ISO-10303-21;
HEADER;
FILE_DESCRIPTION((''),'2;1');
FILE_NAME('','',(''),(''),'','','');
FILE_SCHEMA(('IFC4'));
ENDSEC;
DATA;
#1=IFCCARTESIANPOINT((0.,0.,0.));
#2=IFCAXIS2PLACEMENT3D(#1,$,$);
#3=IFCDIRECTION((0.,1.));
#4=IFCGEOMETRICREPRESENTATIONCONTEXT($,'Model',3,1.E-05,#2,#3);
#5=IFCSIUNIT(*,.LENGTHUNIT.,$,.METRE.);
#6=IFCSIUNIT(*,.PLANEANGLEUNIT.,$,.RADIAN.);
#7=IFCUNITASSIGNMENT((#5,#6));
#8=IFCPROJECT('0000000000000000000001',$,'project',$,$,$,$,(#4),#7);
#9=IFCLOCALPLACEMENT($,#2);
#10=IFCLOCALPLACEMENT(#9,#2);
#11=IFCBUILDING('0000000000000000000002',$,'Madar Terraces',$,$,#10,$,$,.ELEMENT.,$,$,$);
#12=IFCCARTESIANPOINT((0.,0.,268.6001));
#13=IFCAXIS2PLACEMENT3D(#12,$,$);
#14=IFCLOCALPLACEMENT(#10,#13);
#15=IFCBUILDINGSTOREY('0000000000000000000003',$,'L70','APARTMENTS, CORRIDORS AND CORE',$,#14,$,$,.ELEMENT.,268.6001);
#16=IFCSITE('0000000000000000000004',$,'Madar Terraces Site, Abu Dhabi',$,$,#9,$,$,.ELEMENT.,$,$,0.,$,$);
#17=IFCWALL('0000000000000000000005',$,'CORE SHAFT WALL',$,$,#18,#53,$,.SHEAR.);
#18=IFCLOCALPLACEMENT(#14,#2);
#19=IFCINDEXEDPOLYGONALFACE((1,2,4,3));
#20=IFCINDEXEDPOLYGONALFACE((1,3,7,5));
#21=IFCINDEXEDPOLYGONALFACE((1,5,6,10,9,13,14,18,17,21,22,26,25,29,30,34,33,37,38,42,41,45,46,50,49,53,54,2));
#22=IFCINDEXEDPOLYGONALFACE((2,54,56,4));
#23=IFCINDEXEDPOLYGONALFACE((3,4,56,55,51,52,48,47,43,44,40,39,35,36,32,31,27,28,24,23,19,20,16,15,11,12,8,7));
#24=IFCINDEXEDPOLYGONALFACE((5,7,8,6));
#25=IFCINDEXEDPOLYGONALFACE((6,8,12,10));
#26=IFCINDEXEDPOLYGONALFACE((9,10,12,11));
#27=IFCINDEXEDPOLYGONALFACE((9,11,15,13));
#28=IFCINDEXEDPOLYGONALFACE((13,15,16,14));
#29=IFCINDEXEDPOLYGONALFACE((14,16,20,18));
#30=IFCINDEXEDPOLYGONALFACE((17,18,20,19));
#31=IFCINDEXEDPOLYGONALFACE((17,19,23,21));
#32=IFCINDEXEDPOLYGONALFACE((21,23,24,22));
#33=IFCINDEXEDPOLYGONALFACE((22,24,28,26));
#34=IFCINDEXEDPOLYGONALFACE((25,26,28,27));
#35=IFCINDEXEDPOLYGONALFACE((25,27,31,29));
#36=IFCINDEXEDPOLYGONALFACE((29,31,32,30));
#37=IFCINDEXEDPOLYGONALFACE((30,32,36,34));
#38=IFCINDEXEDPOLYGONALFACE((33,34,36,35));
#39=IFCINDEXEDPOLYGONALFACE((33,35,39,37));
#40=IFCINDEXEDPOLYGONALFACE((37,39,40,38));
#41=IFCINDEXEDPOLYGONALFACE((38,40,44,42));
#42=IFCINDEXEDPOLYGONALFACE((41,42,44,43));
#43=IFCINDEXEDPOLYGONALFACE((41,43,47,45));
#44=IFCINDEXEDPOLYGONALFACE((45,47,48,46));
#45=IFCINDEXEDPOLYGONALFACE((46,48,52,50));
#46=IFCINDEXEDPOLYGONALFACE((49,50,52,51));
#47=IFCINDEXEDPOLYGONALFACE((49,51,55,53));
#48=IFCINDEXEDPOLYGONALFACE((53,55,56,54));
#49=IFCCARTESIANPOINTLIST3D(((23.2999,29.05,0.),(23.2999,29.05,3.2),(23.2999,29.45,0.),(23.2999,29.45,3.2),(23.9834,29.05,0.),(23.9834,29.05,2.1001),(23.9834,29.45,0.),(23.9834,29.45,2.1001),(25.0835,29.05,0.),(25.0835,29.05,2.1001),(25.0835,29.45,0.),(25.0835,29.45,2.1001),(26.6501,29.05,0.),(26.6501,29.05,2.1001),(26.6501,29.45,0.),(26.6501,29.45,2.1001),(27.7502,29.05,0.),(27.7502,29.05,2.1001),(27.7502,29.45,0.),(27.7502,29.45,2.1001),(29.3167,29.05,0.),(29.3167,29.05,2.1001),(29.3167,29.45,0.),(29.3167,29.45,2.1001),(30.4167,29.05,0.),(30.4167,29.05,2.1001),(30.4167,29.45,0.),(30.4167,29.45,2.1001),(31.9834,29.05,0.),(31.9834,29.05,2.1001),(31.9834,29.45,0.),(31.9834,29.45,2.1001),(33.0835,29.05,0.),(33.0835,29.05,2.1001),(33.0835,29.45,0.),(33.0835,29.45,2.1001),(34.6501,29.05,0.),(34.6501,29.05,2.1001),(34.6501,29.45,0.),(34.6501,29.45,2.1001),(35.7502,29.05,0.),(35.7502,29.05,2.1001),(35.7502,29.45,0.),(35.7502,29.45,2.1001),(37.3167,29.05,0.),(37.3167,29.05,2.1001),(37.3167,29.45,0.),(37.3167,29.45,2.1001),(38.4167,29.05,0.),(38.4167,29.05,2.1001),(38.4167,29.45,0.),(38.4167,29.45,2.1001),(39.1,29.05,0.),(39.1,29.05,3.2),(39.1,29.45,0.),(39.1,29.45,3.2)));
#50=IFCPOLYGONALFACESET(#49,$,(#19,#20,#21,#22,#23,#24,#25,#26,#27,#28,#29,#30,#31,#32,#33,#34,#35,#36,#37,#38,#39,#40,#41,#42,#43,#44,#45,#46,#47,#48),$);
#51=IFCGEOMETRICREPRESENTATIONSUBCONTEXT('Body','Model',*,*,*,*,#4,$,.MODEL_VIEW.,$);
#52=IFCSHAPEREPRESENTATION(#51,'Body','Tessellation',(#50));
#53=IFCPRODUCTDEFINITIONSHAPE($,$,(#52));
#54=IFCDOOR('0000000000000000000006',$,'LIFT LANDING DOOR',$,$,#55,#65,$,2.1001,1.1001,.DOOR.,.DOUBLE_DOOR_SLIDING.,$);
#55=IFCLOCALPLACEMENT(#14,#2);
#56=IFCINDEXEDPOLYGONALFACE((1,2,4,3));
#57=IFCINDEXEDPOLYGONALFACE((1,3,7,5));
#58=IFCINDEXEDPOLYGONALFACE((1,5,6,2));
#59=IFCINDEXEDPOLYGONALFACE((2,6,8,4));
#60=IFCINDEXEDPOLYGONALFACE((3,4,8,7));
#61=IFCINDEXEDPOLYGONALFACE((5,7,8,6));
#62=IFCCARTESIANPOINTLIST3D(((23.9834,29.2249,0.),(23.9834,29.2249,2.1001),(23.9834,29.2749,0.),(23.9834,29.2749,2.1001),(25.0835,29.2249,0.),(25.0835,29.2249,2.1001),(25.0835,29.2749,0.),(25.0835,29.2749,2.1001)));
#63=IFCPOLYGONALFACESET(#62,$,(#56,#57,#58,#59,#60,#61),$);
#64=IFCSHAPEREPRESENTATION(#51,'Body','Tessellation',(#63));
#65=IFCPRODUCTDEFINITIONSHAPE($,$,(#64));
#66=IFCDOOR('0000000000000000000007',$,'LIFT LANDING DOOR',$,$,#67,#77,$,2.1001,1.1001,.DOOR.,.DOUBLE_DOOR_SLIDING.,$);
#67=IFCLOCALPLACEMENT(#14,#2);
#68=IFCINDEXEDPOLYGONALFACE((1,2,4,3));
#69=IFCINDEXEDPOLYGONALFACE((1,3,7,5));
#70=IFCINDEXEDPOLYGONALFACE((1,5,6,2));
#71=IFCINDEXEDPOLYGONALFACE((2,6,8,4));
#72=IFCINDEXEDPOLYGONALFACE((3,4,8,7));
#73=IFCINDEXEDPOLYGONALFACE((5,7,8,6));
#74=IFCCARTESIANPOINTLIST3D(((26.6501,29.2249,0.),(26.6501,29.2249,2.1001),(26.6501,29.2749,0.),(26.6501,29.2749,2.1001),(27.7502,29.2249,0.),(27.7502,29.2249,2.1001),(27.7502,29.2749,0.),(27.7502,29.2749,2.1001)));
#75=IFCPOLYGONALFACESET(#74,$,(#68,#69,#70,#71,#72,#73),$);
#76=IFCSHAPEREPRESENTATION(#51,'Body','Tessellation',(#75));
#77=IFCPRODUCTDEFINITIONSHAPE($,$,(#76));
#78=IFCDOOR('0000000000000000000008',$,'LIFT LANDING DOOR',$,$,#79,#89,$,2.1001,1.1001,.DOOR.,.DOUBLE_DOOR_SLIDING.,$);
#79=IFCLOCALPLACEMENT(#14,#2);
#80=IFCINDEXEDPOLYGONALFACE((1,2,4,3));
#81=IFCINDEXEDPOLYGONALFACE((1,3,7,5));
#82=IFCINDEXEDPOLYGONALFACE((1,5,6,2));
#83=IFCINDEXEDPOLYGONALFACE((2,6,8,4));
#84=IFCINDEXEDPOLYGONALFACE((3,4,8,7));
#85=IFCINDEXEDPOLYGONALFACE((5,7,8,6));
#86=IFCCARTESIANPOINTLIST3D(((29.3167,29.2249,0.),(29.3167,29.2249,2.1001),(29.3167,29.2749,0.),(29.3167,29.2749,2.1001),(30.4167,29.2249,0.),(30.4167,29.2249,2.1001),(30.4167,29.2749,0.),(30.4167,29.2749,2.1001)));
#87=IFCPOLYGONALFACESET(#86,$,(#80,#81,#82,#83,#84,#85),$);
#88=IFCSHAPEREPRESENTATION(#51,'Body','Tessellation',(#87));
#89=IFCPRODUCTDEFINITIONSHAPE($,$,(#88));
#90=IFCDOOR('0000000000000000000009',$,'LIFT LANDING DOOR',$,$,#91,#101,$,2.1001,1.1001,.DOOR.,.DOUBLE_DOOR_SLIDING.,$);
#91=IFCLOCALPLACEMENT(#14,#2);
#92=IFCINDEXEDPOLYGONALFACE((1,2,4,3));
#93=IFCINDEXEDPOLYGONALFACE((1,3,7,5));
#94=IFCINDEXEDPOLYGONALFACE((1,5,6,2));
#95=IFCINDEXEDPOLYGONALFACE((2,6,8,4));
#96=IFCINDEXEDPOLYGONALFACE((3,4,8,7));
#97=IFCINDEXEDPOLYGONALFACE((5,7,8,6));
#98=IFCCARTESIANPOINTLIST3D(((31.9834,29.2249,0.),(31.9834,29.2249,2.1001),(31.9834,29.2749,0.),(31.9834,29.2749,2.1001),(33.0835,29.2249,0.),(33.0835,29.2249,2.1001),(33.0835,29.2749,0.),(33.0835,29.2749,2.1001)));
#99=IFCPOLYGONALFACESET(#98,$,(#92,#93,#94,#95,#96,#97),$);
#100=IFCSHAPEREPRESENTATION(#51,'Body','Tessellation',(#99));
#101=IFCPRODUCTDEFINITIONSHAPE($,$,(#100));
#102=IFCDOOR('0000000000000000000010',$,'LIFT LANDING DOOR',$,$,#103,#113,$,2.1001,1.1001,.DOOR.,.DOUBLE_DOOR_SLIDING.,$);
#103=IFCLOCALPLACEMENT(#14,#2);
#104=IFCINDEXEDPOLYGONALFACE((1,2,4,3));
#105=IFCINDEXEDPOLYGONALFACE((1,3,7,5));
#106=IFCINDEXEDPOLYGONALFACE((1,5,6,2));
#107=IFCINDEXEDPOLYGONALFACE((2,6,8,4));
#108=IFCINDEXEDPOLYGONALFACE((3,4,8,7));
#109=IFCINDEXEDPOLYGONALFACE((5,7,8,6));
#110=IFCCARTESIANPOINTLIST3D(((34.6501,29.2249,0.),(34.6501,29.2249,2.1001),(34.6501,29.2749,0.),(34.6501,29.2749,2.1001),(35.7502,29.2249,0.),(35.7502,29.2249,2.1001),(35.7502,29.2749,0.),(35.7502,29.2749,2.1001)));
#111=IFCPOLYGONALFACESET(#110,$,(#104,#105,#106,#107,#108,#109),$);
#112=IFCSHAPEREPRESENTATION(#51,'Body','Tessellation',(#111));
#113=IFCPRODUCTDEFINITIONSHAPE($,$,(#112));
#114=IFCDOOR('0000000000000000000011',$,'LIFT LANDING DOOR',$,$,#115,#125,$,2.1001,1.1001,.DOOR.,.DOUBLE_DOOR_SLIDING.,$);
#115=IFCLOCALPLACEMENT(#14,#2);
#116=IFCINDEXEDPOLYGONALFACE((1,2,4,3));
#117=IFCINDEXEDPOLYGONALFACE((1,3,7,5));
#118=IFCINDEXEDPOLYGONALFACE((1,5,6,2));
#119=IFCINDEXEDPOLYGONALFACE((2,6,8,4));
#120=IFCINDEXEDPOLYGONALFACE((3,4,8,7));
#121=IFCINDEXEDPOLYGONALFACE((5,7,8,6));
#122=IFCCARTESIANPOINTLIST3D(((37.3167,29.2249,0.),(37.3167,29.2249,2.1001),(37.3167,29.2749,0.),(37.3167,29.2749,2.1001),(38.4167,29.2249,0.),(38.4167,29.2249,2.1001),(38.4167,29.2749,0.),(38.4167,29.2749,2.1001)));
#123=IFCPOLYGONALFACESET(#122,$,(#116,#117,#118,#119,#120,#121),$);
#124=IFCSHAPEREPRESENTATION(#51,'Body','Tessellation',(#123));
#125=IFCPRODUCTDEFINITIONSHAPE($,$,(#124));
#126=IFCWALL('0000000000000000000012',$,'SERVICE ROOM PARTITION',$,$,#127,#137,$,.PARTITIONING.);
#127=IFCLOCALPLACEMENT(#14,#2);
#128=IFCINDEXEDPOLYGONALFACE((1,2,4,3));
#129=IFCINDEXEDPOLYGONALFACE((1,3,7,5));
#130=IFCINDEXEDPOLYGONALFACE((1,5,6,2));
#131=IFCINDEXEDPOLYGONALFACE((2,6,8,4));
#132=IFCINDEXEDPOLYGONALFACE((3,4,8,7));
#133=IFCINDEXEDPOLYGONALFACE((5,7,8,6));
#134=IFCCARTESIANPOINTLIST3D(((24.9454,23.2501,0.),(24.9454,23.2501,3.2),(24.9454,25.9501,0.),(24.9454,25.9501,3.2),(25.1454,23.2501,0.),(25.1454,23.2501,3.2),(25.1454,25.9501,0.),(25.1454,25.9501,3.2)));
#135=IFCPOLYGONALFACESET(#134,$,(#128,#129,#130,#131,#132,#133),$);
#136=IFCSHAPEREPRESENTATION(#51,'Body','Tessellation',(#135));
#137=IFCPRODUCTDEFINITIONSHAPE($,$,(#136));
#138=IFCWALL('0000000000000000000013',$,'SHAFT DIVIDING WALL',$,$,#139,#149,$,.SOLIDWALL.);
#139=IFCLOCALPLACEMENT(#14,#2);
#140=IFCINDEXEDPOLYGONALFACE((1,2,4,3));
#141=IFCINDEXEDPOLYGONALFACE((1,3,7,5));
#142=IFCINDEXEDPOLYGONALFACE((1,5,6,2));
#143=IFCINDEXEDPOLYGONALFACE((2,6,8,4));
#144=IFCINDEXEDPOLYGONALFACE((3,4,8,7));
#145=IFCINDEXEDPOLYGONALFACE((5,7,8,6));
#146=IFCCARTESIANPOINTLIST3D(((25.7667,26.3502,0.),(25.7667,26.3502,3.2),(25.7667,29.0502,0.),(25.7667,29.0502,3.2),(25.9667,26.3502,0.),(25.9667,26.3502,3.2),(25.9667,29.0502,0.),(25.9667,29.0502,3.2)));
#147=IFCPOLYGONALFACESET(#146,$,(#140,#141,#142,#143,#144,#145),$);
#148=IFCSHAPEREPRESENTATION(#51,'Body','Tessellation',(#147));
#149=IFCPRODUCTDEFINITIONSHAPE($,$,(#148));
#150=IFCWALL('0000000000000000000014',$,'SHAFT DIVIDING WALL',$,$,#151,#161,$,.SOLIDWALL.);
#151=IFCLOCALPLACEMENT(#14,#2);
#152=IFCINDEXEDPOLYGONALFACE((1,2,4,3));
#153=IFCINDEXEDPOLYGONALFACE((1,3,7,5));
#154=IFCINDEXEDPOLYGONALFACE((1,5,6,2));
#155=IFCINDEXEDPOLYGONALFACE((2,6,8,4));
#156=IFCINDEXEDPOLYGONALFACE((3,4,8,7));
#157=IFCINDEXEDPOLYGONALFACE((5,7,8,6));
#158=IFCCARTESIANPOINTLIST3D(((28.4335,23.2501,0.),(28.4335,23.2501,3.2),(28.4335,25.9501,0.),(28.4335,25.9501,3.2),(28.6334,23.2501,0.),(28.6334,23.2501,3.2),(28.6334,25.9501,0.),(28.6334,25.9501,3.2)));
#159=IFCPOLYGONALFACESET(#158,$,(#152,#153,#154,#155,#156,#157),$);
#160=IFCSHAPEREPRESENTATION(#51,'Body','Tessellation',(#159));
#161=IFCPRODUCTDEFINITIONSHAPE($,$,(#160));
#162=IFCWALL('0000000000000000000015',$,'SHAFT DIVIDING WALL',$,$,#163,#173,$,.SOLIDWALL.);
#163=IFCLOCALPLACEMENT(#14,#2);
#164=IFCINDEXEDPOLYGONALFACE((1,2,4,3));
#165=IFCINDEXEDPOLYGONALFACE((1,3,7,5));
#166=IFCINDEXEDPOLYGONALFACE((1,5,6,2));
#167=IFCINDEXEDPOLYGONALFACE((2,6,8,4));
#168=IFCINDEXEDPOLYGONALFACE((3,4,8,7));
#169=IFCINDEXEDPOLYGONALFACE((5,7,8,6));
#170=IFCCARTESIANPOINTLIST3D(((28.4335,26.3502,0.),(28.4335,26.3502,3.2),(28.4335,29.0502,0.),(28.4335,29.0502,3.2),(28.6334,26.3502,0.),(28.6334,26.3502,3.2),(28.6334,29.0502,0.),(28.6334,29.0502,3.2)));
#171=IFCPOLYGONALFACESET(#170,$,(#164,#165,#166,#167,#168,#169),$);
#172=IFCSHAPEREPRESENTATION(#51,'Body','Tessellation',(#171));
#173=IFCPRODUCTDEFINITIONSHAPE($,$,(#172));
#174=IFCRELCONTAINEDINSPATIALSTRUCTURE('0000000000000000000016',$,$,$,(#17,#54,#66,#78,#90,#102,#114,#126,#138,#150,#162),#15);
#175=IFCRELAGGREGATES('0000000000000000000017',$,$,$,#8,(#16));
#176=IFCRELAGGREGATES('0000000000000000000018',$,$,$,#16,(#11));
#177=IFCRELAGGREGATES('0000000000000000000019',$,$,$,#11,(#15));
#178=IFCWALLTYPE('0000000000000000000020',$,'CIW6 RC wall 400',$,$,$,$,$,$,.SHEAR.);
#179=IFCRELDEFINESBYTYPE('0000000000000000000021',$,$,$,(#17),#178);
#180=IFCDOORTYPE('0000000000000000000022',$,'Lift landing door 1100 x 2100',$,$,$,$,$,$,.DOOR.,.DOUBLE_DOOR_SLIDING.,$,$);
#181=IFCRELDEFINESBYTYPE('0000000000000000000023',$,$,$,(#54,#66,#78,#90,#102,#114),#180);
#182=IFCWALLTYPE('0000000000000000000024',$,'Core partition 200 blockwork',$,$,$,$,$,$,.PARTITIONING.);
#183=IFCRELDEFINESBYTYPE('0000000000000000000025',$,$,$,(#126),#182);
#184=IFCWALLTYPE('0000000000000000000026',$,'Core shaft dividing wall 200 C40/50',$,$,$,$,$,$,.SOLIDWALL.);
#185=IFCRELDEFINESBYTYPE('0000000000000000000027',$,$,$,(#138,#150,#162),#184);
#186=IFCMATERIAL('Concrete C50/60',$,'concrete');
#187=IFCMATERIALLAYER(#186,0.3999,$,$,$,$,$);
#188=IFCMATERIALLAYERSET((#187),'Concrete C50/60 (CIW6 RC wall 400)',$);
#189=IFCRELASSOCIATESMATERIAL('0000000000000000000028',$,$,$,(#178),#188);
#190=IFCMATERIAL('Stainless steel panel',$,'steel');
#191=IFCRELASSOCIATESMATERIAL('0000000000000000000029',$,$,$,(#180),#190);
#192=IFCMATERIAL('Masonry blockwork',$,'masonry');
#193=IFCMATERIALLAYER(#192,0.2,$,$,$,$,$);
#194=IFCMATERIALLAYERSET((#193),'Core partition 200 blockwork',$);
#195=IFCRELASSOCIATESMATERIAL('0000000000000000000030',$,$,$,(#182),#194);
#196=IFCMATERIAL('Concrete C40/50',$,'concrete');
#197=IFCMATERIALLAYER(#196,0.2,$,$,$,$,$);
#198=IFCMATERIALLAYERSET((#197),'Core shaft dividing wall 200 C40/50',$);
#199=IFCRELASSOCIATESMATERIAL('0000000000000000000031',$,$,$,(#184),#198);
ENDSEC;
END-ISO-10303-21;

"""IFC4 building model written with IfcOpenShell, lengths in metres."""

from ifc_helpers import new_model, si_unit, direction, frame, frame_2d, origin, place, context, subcontext, project, spatial, rectangle, extrude, material, layer, layer_set, type_object, element, fill, save


model = new_model("IFC4")

# Units and contexts
model_context = context("Model", 3, precision=1e-05, world=origin(), true_north=direction((0.0, 1.0)))
body_context = subcontext(model_context, "Body", "Model", "MODEL_VIEW")
ifc_project = project(units=[si_unit("LENGTHUNIT", "METRE"), si_unit("PLANEANGLEUNIT", "RADIAN")], contexts=[model_context])

# Site, building, storey
site_placement = place(None, origin())
site = spatial("IfcSite", under=ifc_project, at=site_placement, Name="Madar Terraces Site, Abu Dhabi", CompositionType="ELEMENT", RefElevation=0.0)
building_placement = place(site_placement, origin())
building = spatial("IfcBuilding", under=site, at=building_placement, Name="Madar Terraces", CompositionType="ELEMENT")
storey_placement = place(building_placement, frame((0.0, 0.0, 268.6001)))
storey = spatial("IfcBuildingStorey", under=building, at=storey_placement, Name="L70", Description="APARTMENTS, CORRIDORS AND CORE", CompositionType="ELEMENT", Elevation=268.6001)

# Shared definitions
ifc_material_1 = material(Name="Concrete C50/60", Category="concrete")
ifc_layer_1 = layer(ifc_material_1, 0.3999)
ifc_layer_set_1 = layer_set([ifc_layer_1], Name="Concrete C50/60 (CIW6 RC wall 400)")
wall_type_1 = type_object("IfcWallType", Name="CIW6 RC wall 400", PredefinedType="SHEAR", material=ifc_layer_set_1)

# Wall, openings, doors
wall_1_placement = place(storey_placement, frame((23.3, 29.25, 0.0), z_axis=(0.0, 0.0, 1.0), x_axis=(1.0, 0.0, 0.0)))
wall_1 = element("IfcWall", 1, at=wall_1_placement, inside=storey, type_object=wall_type_1, Name="CORE SHAFT WALL", PredefinedType="SHEAR", context=body_context, shape_type="SweptSolid", body=[
    extrude(rectangle(XDim=15.8, YDim=0.3999, at=frame_2d((7.8999, 0.0))), origin(), (0.0, 0.0, 1.0), 3.2),
])
opening_1_placement = place(wall_1_placement, frame((0.6833, 0.0, 0.0)))
opening_1 = element("IfcOpeningElement", 2, at=opening_1_placement, cuts=wall_1, PredefinedType="OPENING", context=body_context, shape_type="SweptSolid", body=[
    extrude(rectangle(XDim=1.1001, YDim=2.1001, at=frame_2d((0.55, 1.05))), frame((0.0, 0.21, 0.0), z_axis=(0.0, -1.0, 0.0), x_axis=(1.0, 0.0, 0.0)), (0.0, 0.0, 1.0), 0.4199),
])
opening_2_placement = place(wall_1_placement, frame((3.3501, 0.0, 0.0)))
opening_2 = element("IfcOpeningElement", 3, at=opening_2_placement, cuts=wall_1, PredefinedType="OPENING", context=body_context, shape_type="SweptSolid", body=[
    extrude(rectangle(XDim=1.1001, YDim=2.1001, at=frame_2d((0.55, 1.05))), frame((0.0, 0.21, 0.0), z_axis=(0.0, -1.0, 0.0), x_axis=(1.0, 0.0, 0.0)), (0.0, 0.0, 1.0), 0.4199),
])
opening_3_placement = place(wall_1_placement, frame((6.0166, 0.0, 0.0)))
opening_3 = element("IfcOpeningElement", 4, at=opening_3_placement, cuts=wall_1, PredefinedType="OPENING", context=body_context, shape_type="SweptSolid", body=[
    extrude(rectangle(XDim=1.1001, YDim=2.1001, at=frame_2d((0.55, 1.05))), frame((0.0, 0.21, 0.0), z_axis=(0.0, -1.0, 0.0), x_axis=(1.0, 0.0, 0.0)), (0.0, 0.0, 1.0), 0.4199),
])
opening_4_placement = place(wall_1_placement, frame((8.6833, 0.0, 0.0)))
opening_4 = element("IfcOpeningElement", 5, at=opening_4_placement, cuts=wall_1, PredefinedType="OPENING", context=body_context, shape_type="SweptSolid", body=[
    extrude(rectangle(XDim=1.1001, YDim=2.1001, at=frame_2d((0.55, 1.05))), frame((0.0, 0.21, 0.0), z_axis=(0.0, -1.0, 0.0), x_axis=(1.0, 0.0, 0.0)), (0.0, 0.0, 1.0), 0.4199),
])
opening_5_placement = place(wall_1_placement, frame((11.3501, 0.0, 0.0)))
opening_5 = element("IfcOpeningElement", 6, at=opening_5_placement, cuts=wall_1, PredefinedType="OPENING", context=body_context, shape_type="SweptSolid", body=[
    extrude(rectangle(XDim=1.1001, YDim=2.1001, at=frame_2d((0.55, 1.05))), frame((0.0, 0.21, 0.0), z_axis=(0.0, -1.0, 0.0), x_axis=(1.0, 0.0, 0.0)), (0.0, 0.0, 1.0), 0.4199),
])
opening_6_placement = place(wall_1_placement, frame((14.0166, 0.0, 0.0)))
opening_6 = element("IfcOpeningElement", 7, at=opening_6_placement, cuts=wall_1, PredefinedType="OPENING", context=body_context, shape_type="SweptSolid", body=[
    extrude(rectangle(XDim=1.1001, YDim=2.1001, at=frame_2d((0.55, 1.05))), frame((0.0, 0.21, 0.0), z_axis=(0.0, -1.0, 0.0), x_axis=(1.0, 0.0, 0.0)), (0.0, 0.0, 1.0), 0.4199),
])
ifc_material_2 = material(Name="Stainless steel panel", Category="steel")
door_type_1 = type_object("IfcDoorType", Name="Lift landing door 1100 x 2100", OperationType="DOUBLE_DOOR_SLIDING", PredefinedType="DOOR", material=ifc_material_2)
door_1_placement = place(opening_1_placement, origin())
door_1 = element("IfcDoor", 8, at=door_1_placement, inside=storey, type_object=door_type_1, Name="LIFT LANDING DOOR", OperationType="DOUBLE_DOOR_SLIDING", OverallHeight=2.1001, OverallWidth=1.1001, PredefinedType="DOOR", context=body_context, shape_type="SweptSolid", body=[
    extrude(rectangle(XDim=1.1001, YDim=2.1001, at=frame_2d((0.55, 1.05))), frame((0.0, 0.0249, 0.0), z_axis=(0.0, -1.0, 0.0), x_axis=(1.0, 0.0, 0.0)), (0.0, 0.0, 1.0), 0.05),
])
fill(opening_1, door_1)
door_2_placement = place(opening_2_placement, origin())
door_2 = element("IfcDoor", 9, at=door_2_placement, inside=storey, type_object=door_type_1, Name="LIFT LANDING DOOR", OperationType="DOUBLE_DOOR_SLIDING", OverallHeight=2.1001, OverallWidth=1.1001, PredefinedType="DOOR", context=body_context, shape_type="SweptSolid", body=[
    extrude(rectangle(XDim=1.1001, YDim=2.1001, at=frame_2d((0.55, 1.05))), frame((0.0, 0.0249, 0.0), z_axis=(0.0, -1.0, 0.0), x_axis=(1.0, 0.0, 0.0)), (0.0, 0.0, 1.0), 0.05),
])
fill(opening_2, door_2)
door_3_placement = place(opening_3_placement, origin())
door_3 = element("IfcDoor", 10, at=door_3_placement, inside=storey, type_object=door_type_1, Name="LIFT LANDING DOOR", OperationType="DOUBLE_DOOR_SLIDING", OverallHeight=2.1001, OverallWidth=1.1001, PredefinedType="DOOR", context=body_context, shape_type="SweptSolid", body=[
    extrude(rectangle(XDim=1.1001, YDim=2.1001, at=frame_2d((0.55, 1.05))), frame((0.0, 0.0249, 0.0), z_axis=(0.0, -1.0, 0.0), x_axis=(1.0, 0.0, 0.0)), (0.0, 0.0, 1.0), 0.05),
])
fill(opening_3, door_3)
door_4_placement = place(opening_4_placement, origin())
door_4 = element("IfcDoor", 11, at=door_4_placement, inside=storey, type_object=door_type_1, Name="LIFT LANDING DOOR", OperationType="DOUBLE_DOOR_SLIDING", OverallHeight=2.1001, OverallWidth=1.1001, PredefinedType="DOOR", context=body_context, shape_type="SweptSolid", body=[
    extrude(rectangle(XDim=1.1001, YDim=2.1001, at=frame_2d((0.55, 1.05))), frame((0.0, 0.0249, 0.0), z_axis=(0.0, -1.0, 0.0), x_axis=(1.0, 0.0, 0.0)), (0.0, 0.0, 1.0), 0.05),
])
fill(opening_4, door_4)
door_5_placement = place(opening_5_placement, origin())
door_5 = element("IfcDoor", 12, at=door_5_placement, inside=storey, type_object=door_type_1, Name="LIFT LANDING DOOR", OperationType="DOUBLE_DOOR_SLIDING", OverallHeight=2.1001, OverallWidth=1.1001, PredefinedType="DOOR", context=body_context, shape_type="SweptSolid", body=[
    extrude(rectangle(XDim=1.1001, YDim=2.1001, at=frame_2d((0.55, 1.05))), frame((0.0, 0.0249, 0.0), z_axis=(0.0, -1.0, 0.0), x_axis=(1.0, 0.0, 0.0)), (0.0, 0.0, 1.0), 0.05),
])
fill(opening_5, door_5)
door_6_placement = place(opening_6_placement, origin())
door_6 = element("IfcDoor", 13, at=door_6_placement, inside=storey, type_object=door_type_1, Name="LIFT LANDING DOOR", OperationType="DOUBLE_DOOR_SLIDING", OverallHeight=2.1001, OverallWidth=1.1001, PredefinedType="DOOR", context=body_context, shape_type="SweptSolid", body=[
    extrude(rectangle(XDim=1.1001, YDim=2.1001, at=frame_2d((0.55, 1.05))), frame((0.0, 0.0249, 0.0), z_axis=(0.0, -1.0, 0.0), x_axis=(1.0, 0.0, 0.0)), (0.0, 0.0, 1.0), 0.05),
])
fill(opening_6, door_6)

# Walls
ifc_material_3 = material(Name="Masonry blockwork", Category="masonry")
ifc_layer_2 = layer(ifc_material_3, 0.2)
ifc_layer_set_2 = layer_set([ifc_layer_2], Name="Core partition 200 blockwork")
wall_type_2 = type_object("IfcWallType", Name="Core partition 200 blockwork", PredefinedType="PARTITIONING", material=ifc_layer_set_2)
wall_2_placement = place(storey_placement, frame((25.0454, 23.25, 0.0), z_axis=(0.0, 0.0, 1.0), x_axis=(0.0, 1.0, 0.0)))
element("IfcWall", 14, at=wall_2_placement, inside=storey, type_object=wall_type_2, Name="SERVICE ROOM PARTITION", PredefinedType="PARTITIONING", context=body_context, shape_type="SweptSolid", body=[
    extrude(rectangle(XDim=2.7, YDim=0.2, at=frame_2d((1.3501, 0.0))), origin(), (0.0, 0.0, 1.0), 3.2),
])
ifc_material_4 = material(Name="Concrete C40/50", Category="concrete")
ifc_layer_3 = layer(ifc_material_4, 0.2)
ifc_layer_set_3 = layer_set([ifc_layer_3], Name="Core shaft dividing wall 200 C40/50")
wall_type_3 = type_object("IfcWallType", Name="Core shaft dividing wall 200 C40/50", PredefinedType="SOLIDWALL", material=ifc_layer_set_3)
for number, where, z_axis, x_axis, name in (
    (15, (25.8667, 26.3501, 0.0), (0.0, 0.0, 1.0), (0.0, 1.0, 0.0), "SHAFT DIVIDING WALL"),
    (16, (28.5334, 23.25, 0.0), (0.0, 0.0, 1.0), (0.0, 1.0, 0.0), "SHAFT DIVIDING WALL"),
    (17, (28.5334, 26.3501, 0.0), (0.0, 0.0, 1.0), (0.0, 1.0, 0.0), "SHAFT DIVIDING WALL"),
):
    element("IfcWall", number, at=place(storey_placement, frame(where, z_axis=z_axis, x_axis=x_axis)), inside=storey, type_object=wall_type_3, Name=name, PredefinedType="SOLIDWALL", context=body_context, shape_type="SweptSolid", body=[
        extrude(rectangle(XDim=2.7, YDim=0.2, at=frame_2d((1.3501, 0.0))), origin(), (0.0, 0.0, 1.0), 3.2),
    ])

save(model, "model.ifc")
